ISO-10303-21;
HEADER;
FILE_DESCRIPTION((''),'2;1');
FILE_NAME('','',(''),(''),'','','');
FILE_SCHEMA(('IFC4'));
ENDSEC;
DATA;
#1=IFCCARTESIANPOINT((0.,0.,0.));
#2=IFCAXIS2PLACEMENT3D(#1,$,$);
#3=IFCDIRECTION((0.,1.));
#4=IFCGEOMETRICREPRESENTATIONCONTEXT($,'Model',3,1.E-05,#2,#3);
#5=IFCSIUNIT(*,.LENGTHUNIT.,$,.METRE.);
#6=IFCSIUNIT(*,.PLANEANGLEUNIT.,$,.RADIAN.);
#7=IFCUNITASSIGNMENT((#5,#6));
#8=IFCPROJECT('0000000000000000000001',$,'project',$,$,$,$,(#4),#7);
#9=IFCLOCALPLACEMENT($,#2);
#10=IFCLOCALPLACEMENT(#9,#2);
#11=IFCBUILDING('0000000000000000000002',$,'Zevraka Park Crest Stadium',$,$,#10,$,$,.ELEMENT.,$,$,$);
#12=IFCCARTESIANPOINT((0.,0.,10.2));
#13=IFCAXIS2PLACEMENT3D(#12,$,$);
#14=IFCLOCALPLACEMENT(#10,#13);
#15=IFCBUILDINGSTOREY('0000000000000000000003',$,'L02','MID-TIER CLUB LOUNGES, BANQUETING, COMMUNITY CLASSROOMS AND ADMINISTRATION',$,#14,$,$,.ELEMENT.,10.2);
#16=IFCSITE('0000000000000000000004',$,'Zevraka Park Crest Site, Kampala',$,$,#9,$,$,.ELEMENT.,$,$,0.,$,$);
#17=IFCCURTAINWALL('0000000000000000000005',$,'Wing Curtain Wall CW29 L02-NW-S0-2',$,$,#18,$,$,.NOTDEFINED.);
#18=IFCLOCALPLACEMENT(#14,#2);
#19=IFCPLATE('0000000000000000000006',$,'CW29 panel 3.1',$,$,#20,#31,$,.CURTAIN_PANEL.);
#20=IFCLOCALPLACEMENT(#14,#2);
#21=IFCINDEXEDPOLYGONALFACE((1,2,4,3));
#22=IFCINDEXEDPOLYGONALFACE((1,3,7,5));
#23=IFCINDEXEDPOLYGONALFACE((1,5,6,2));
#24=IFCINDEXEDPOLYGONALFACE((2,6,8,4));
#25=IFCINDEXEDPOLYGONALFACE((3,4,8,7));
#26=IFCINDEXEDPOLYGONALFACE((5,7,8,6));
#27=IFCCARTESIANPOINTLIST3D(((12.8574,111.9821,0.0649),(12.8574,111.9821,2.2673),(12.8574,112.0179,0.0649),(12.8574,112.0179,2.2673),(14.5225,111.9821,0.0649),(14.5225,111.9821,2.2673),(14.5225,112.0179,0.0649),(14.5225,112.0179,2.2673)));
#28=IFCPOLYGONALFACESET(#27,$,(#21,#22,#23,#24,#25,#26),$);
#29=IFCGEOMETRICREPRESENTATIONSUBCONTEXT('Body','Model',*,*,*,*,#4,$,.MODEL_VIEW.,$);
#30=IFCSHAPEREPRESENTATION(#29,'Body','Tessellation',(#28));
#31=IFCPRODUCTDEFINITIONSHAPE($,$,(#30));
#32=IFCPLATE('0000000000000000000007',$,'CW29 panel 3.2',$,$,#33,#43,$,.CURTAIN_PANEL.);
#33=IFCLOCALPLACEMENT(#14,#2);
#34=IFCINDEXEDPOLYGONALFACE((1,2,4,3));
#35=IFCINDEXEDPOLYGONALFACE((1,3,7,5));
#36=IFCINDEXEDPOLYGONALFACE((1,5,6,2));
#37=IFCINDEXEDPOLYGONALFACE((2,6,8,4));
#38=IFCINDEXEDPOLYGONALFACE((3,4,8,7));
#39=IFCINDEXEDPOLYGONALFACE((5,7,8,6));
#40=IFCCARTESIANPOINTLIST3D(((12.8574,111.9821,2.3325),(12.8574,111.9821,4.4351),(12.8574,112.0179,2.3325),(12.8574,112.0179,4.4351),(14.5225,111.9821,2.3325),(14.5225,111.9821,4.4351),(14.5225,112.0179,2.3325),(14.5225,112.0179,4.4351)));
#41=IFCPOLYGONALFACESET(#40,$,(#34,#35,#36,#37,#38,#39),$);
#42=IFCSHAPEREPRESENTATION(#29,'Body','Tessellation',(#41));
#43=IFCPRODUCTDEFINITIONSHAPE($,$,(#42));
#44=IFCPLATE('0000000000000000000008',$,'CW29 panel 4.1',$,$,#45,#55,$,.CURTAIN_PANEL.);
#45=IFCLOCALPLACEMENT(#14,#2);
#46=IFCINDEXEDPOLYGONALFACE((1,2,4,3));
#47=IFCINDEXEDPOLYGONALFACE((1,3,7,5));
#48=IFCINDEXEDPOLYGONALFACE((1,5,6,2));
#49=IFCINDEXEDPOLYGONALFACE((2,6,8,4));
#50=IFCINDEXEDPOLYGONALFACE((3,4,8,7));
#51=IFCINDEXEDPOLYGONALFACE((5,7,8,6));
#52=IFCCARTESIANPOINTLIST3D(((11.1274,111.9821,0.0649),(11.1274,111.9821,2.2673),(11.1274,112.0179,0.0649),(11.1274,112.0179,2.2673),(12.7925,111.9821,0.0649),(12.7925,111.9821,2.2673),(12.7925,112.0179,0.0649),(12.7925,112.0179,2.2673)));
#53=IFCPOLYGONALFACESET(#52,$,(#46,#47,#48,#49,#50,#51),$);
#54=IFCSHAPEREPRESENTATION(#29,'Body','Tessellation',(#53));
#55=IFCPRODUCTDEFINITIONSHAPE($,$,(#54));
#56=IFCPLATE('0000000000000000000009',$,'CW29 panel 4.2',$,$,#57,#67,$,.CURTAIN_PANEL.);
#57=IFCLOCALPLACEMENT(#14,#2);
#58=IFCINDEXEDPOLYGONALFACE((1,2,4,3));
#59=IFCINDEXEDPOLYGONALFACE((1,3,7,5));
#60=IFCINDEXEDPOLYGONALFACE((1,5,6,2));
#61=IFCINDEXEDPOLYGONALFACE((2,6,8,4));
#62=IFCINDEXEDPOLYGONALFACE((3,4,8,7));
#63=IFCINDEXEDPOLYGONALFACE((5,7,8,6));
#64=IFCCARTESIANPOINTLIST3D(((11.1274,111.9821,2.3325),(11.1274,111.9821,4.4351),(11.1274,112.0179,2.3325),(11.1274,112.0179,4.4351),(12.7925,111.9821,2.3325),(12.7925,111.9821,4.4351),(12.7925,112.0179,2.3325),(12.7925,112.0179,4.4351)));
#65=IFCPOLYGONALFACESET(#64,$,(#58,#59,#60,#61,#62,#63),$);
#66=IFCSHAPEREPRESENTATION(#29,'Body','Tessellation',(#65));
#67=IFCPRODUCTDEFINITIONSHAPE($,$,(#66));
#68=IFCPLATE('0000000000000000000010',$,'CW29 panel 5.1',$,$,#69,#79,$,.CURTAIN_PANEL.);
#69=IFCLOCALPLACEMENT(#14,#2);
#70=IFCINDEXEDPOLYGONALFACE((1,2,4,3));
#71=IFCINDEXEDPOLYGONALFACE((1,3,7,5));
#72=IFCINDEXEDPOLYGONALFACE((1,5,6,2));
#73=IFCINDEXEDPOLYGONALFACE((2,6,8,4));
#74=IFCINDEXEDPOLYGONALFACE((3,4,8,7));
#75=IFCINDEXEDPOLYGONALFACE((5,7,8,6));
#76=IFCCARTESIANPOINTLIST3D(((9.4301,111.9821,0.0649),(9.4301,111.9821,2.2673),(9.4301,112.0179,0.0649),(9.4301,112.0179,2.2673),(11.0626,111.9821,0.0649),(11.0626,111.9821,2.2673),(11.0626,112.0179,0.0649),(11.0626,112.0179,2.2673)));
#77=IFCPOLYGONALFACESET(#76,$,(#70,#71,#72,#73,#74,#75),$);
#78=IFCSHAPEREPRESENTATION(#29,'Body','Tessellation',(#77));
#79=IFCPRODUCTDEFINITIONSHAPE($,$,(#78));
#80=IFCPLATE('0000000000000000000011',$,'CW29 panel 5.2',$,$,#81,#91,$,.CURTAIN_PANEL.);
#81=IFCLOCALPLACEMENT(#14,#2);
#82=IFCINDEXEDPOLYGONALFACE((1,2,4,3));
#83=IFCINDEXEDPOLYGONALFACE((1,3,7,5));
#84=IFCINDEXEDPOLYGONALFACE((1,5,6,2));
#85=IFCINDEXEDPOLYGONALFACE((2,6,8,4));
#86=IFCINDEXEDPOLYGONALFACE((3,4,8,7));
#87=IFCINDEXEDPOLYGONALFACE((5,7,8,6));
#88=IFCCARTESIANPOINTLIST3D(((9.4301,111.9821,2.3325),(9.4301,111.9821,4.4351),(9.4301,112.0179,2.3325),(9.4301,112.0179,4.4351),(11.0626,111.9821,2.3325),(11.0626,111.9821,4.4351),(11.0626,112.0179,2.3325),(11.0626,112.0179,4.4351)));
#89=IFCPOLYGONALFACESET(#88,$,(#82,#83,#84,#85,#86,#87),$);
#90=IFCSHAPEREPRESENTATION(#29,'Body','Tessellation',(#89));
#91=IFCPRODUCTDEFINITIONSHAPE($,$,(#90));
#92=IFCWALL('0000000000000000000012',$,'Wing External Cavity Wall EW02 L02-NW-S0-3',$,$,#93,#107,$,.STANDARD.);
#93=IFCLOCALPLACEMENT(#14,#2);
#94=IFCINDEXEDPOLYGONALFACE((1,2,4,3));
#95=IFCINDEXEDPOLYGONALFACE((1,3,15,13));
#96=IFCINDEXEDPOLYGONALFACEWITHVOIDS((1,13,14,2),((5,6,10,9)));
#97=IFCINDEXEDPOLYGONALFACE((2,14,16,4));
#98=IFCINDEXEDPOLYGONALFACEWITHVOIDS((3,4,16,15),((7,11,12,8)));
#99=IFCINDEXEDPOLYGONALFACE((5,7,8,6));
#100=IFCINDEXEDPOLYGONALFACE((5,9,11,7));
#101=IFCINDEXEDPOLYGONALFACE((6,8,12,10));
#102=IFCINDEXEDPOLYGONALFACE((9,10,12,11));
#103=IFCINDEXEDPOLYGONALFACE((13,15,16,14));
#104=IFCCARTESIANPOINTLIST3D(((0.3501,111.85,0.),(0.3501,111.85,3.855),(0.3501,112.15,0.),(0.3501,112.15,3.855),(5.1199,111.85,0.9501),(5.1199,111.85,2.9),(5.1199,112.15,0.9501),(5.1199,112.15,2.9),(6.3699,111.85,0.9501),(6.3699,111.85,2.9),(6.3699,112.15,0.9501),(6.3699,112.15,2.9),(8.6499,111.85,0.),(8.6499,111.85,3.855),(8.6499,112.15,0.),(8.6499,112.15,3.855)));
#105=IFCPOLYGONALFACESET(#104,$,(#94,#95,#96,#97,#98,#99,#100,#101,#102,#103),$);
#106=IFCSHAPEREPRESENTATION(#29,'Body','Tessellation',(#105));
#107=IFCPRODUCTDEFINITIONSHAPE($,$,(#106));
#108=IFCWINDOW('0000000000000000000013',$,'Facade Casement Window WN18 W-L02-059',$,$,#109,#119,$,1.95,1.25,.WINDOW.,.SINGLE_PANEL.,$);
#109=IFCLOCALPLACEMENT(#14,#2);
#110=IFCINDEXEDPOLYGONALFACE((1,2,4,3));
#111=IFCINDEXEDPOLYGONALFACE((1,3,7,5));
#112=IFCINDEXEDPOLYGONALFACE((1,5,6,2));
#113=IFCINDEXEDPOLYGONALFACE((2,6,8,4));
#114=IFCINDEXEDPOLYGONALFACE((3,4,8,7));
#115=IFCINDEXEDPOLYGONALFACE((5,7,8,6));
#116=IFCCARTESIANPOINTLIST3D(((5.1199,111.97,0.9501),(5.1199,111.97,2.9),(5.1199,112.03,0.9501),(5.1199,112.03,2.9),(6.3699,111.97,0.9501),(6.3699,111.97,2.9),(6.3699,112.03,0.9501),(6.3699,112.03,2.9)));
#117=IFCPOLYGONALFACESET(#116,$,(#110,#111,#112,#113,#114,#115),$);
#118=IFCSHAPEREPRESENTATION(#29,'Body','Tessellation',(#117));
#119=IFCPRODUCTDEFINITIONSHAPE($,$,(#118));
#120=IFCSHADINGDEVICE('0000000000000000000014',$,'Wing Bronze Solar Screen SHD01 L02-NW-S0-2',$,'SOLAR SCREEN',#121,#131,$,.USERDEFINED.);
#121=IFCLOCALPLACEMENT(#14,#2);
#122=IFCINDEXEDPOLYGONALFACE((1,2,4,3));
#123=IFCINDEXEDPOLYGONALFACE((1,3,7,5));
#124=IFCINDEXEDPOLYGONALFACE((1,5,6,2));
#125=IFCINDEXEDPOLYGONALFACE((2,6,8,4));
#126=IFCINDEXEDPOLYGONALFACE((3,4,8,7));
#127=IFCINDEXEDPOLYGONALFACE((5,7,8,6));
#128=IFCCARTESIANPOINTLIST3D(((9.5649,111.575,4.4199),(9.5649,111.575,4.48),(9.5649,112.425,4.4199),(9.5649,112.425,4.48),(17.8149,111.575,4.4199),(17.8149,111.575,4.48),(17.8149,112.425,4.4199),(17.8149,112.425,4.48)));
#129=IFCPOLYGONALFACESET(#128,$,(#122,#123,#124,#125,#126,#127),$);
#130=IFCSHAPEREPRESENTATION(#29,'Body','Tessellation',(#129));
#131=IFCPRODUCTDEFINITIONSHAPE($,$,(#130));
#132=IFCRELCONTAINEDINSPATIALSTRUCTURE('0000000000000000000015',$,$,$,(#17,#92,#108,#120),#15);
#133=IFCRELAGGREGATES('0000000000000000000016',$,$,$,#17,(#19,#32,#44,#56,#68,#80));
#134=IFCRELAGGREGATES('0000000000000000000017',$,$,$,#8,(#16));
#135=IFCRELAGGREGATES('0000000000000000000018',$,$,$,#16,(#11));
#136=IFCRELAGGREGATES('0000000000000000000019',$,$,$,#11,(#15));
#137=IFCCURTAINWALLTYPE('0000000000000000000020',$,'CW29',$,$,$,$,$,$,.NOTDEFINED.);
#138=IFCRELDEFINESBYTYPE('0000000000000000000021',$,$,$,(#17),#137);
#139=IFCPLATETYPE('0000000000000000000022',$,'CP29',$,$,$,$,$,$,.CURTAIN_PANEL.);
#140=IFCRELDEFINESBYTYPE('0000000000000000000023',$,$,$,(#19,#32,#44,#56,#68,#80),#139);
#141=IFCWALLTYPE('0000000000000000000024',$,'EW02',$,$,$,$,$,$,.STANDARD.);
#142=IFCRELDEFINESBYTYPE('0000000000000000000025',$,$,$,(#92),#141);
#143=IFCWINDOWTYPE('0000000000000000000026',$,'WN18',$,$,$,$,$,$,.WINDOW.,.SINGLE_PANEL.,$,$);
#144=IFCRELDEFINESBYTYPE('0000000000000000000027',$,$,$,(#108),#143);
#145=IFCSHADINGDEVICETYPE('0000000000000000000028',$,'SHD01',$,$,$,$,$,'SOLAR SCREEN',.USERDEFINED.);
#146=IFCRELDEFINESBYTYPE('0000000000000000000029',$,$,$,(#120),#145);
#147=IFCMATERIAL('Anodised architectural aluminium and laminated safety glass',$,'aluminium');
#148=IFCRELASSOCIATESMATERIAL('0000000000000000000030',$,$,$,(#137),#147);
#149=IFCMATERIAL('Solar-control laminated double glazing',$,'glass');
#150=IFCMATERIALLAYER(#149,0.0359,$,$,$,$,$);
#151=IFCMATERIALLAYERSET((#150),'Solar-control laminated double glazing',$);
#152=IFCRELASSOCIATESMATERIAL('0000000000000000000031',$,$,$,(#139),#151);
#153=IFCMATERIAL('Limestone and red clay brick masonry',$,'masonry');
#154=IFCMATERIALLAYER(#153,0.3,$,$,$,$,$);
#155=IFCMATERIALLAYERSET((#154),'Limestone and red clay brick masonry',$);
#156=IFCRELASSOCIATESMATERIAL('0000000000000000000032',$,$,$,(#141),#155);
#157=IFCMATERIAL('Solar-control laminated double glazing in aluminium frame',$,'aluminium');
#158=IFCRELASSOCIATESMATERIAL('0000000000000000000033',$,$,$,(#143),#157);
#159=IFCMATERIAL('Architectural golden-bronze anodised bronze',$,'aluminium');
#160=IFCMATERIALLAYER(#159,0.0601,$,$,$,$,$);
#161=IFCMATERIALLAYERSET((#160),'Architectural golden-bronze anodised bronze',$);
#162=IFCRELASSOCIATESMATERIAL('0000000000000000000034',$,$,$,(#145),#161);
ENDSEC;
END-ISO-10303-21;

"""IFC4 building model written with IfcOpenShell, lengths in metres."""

from ifc_helpers import new_model, si_unit, direction, frame, frame_2d, origin, origin_2d, place, context, subcontext, project, spatial, rectangle, extrude, material, layer, layer_set, type_object, element, fill, aggregate, save


model = new_model("IFC4")

# Units and contexts
model_context = context("Model", 3, precision=1e-05, world=origin(), true_north=direction((0.0, 1.0)))
body_context = subcontext(model_context, "Body", "Model", "MODEL_VIEW")
ifc_project = project(units=[si_unit("LENGTHUNIT", "METRE"), si_unit("PLANEANGLEUNIT", "RADIAN")], contexts=[model_context])

# Site, building, storey
site_placement = place(None, origin())
site = spatial("IfcSite", under=ifc_project, at=site_placement, Name="Zevraka Park Crest Site, Kampala", CompositionType="ELEMENT", RefElevation=0.0)
building_placement = place(site_placement, origin())
building = spatial("IfcBuilding", under=site, at=building_placement, Name="Zevraka Park Crest Stadium", CompositionType="ELEMENT")
storey_placement = place(building_placement, frame((0.0, 0.0, 10.2)))
storey = spatial("IfcBuildingStorey", under=building, at=storey_placement, Name="L02", Description="MID-TIER CLUB LOUNGES, BANQUETING, COMMUNITY CLASSROOMS AND ADMINISTRATION", CompositionType="ELEMENT", Elevation=10.2)

# Curtain wall, plates
ifc_material_1 = material(Name="Anodised architectural aluminium and laminated safety glass", Category="aluminium")
curtain_wall_type = type_object("IfcCurtainWallType", Name="CW29", PredefinedType="NOTDEFINED", material=ifc_material_1)
curtain_wall_placement = place(storey_placement, origin())
curtain_wall = element("IfcCurtainWall", 1, at=curtain_wall_placement, inside=storey, type_object=curtain_wall_type, Name="Wing Curtain Wall CW29 L02-NW-S0-2", PredefinedType="NOTDEFINED")
ifc_material_2 = material(Name="Solar-control laminated double glazing", Category="glass")
ifc_layer_1 = layer(ifc_material_2, 0.0359)
ifc_layer_set_1 = layer_set([ifc_layer_1], Name="Solar-control laminated double glazing")
plate_type = type_object("IfcPlateType", Name="CP29", PredefinedType="CURTAIN_PANEL", material=ifc_layer_set_1)
plate_1_placement = place(storey_placement, frame((13.6899, 112.0, 0.0649), z_axis=(0.0, 0.0, 1.0), x_axis=(-1.0, 0.0, 0.0)))
plate_1 = element("IfcPlate", 2, at=plate_1_placement, type_object=plate_type, Name="CW29 panel 3.1", PredefinedType="CURTAIN_PANEL", context=body_context, shape_type="SweptSolid", body=[
    extrude(rectangle(XDim=1.665, YDim=0.0359, at=origin_2d()), origin(), (0.0, 0.0, 1.0), 2.2024),
])
plate_2_placement = place(storey_placement, frame((13.6899, 112.0, 2.3325), z_axis=(0.0, 0.0, 1.0), x_axis=(-1.0, 0.0, 0.0)))
plate_2 = element("IfcPlate", 3, at=plate_2_placement, type_object=plate_type, Name="CW29 panel 3.2", PredefinedType="CURTAIN_PANEL", context=body_context, shape_type="SweptSolid", body=[
    extrude(rectangle(XDim=1.665, YDim=0.0359, at=origin_2d()), origin(), (0.0, 0.0, 1.0), 2.1025),
])
plate_3_placement = place(storey_placement, frame((11.96, 112.0, 0.0649), z_axis=(0.0, 0.0, 1.0), x_axis=(-1.0, 0.0, 0.0)))
plate_3 = element("IfcPlate", 4, at=plate_3_placement, type_object=plate_type, Name="CW29 panel 4.1", PredefinedType="CURTAIN_PANEL", context=body_context, shape_type="SweptSolid", body=[
    extrude(rectangle(XDim=1.665, YDim=0.0359, at=origin_2d()), origin(), (0.0, 0.0, 1.0), 2.2024),
])
plate_4_placement = place(storey_placement, frame((11.96, 112.0, 2.3325), z_axis=(0.0, 0.0, 1.0), x_axis=(-1.0, 0.0, 0.0)))
plate_4 = element("IfcPlate", 5, at=plate_4_placement, type_object=plate_type, Name="CW29 panel 4.2", PredefinedType="CURTAIN_PANEL", context=body_context, shape_type="SweptSolid", body=[
    extrude(rectangle(XDim=1.665, YDim=0.0359, at=origin_2d()), origin(), (0.0, 0.0, 1.0), 2.1025),
])
plate_5_placement = place(storey_placement, frame((10.2463, 112.0, 0.0649), z_axis=(0.0, 0.0, 1.0), x_axis=(-1.0, 0.0, 0.0)))
plate_5 = element("IfcPlate", 6, at=plate_5_placement, type_object=plate_type, Name="CW29 panel 5.1", PredefinedType="CURTAIN_PANEL", context=body_context, shape_type="SweptSolid", body=[
    extrude(rectangle(XDim=1.6326, YDim=0.0359, at=origin_2d()), origin(), (0.0, 0.0, 1.0), 2.2024),
])
plate_6_placement = place(storey_placement, frame((10.2463, 112.0, 2.3325), z_axis=(0.0, 0.0, 1.0), x_axis=(-1.0, 0.0, 0.0)))
plate_6 = element("IfcPlate", 7, at=plate_6_placement, type_object=plate_type, Name="CW29 panel 5.2", PredefinedType="CURTAIN_PANEL", context=body_context, shape_type="SweptSolid", body=[
    extrude(rectangle(XDim=1.6326, YDim=0.0359, at=origin_2d()), origin(), (0.0, 0.0, 1.0), 2.1025),
])
aggregate(curtain_wall, [plate_1, plate_2, plate_3, plate_4, plate_5, plate_6])

# Wall, opening, window
ifc_material_3 = material(Name="Limestone and red clay brick masonry", Category="masonry")
ifc_layer_2 = layer(ifc_material_3, 0.3)
ifc_layer_set_2 = layer_set([ifc_layer_2], Name="Limestone and red clay brick masonry")
wall_type = type_object("IfcWallType", Name="EW02", PredefinedType="STANDARD", material=ifc_layer_set_2)
wall_placement = place(storey_placement, frame((8.6499, 112.0, 0.0), z_axis=(0.0, 0.0, 1.0), x_axis=(-1.0, 0.0, 0.0)))
wall = element("IfcWall", 8, at=wall_placement, inside=storey, type_object=wall_type, Name="Wing External Cavity Wall EW02 L02-NW-S0-3", PredefinedType="STANDARD", context=body_context, shape_type="SweptSolid", body=[
    extrude(rectangle(XDim=8.2998, YDim=0.3, at=frame_2d((4.1499, 0.0))), origin(), (0.0, 0.0, 1.0), 3.855),
])
opening_placement = place(wall_placement, frame((2.28, 0.0, 0.95)))
opening = element("IfcOpeningElement", 9, at=opening_placement, cuts=wall, PredefinedType="OPENING", context=body_context, shape_type="SweptSolid", body=[
    extrude(rectangle(XDim=1.25, YDim=1.95, at=frame_2d((0.625, 0.9751))), frame((0.0, 0.1599, 0.0), z_axis=(0.0, -1.0, 0.0), x_axis=(1.0, 0.0, 0.0)), (0.0, 0.0, 1.0), 0.3201),
])
ifc_material_4 = material(Name="Solar-control laminated double glazing in aluminium frame", Category="aluminium")
window_type = type_object("IfcWindowType", Name="WN18", PartitioningType="SINGLE_PANEL", PredefinedType="WINDOW", material=ifc_material_4)
window_placement = place(opening_placement, origin())
window = element("IfcWindow", 10, at=window_placement, inside=storey, type_object=window_type, Name="Facade Casement Window WN18 W-L02-059", OverallHeight=1.95, OverallWidth=1.25, PartitioningType="SINGLE_PANEL", PredefinedType="WINDOW", context=body_context, shape_type="SweptSolid", body=[
    extrude(rectangle(XDim=1.25, YDim=1.95, at=frame_2d((0.625, 0.9751))), frame((0.0, 0.03, 0.0), z_axis=(0.0, -1.0, 0.0), x_axis=(1.0, 0.0, 0.0)), (0.0, 0.0, 1.0), 0.0601),
])
fill(opening, window)

# Shading device
ifc_material_5 = material(Name="Architectural golden-bronze anodised bronze", Category="aluminium")
ifc_layer_3 = layer(ifc_material_5, 0.0601)
ifc_layer_set_3 = layer_set([ifc_layer_3], Name="Architectural golden-bronze anodised bronze")
shading_device_type = type_object("IfcShadingDeviceType", Name="SHD01", ElementType="SOLAR SCREEN", PredefinedType="USERDEFINED", material=ifc_layer_set_3)
shading_device_placement = place(storey_placement, frame((13.6899, 112.0, 4.4199), z_axis=(0.0, 0.0, 1.0), x_axis=(-1.0, 0.0, 0.0)))
element("IfcShadingDevice", 11, at=shading_device_placement, inside=storey, type_object=shading_device_type, Name="Wing Bronze Solar Screen SHD01 L02-NW-S0-2", ObjectType="SOLAR SCREEN", PredefinedType="USERDEFINED", context=body_context, shape_type="SweptSolid", body=[
    extrude(rectangle(XDim=8.25, YDim=0.8501, at=origin_2d()), origin(), (0.0, 0.0, 1.0), 0.0601),
])

save(model, "model.ifc")
